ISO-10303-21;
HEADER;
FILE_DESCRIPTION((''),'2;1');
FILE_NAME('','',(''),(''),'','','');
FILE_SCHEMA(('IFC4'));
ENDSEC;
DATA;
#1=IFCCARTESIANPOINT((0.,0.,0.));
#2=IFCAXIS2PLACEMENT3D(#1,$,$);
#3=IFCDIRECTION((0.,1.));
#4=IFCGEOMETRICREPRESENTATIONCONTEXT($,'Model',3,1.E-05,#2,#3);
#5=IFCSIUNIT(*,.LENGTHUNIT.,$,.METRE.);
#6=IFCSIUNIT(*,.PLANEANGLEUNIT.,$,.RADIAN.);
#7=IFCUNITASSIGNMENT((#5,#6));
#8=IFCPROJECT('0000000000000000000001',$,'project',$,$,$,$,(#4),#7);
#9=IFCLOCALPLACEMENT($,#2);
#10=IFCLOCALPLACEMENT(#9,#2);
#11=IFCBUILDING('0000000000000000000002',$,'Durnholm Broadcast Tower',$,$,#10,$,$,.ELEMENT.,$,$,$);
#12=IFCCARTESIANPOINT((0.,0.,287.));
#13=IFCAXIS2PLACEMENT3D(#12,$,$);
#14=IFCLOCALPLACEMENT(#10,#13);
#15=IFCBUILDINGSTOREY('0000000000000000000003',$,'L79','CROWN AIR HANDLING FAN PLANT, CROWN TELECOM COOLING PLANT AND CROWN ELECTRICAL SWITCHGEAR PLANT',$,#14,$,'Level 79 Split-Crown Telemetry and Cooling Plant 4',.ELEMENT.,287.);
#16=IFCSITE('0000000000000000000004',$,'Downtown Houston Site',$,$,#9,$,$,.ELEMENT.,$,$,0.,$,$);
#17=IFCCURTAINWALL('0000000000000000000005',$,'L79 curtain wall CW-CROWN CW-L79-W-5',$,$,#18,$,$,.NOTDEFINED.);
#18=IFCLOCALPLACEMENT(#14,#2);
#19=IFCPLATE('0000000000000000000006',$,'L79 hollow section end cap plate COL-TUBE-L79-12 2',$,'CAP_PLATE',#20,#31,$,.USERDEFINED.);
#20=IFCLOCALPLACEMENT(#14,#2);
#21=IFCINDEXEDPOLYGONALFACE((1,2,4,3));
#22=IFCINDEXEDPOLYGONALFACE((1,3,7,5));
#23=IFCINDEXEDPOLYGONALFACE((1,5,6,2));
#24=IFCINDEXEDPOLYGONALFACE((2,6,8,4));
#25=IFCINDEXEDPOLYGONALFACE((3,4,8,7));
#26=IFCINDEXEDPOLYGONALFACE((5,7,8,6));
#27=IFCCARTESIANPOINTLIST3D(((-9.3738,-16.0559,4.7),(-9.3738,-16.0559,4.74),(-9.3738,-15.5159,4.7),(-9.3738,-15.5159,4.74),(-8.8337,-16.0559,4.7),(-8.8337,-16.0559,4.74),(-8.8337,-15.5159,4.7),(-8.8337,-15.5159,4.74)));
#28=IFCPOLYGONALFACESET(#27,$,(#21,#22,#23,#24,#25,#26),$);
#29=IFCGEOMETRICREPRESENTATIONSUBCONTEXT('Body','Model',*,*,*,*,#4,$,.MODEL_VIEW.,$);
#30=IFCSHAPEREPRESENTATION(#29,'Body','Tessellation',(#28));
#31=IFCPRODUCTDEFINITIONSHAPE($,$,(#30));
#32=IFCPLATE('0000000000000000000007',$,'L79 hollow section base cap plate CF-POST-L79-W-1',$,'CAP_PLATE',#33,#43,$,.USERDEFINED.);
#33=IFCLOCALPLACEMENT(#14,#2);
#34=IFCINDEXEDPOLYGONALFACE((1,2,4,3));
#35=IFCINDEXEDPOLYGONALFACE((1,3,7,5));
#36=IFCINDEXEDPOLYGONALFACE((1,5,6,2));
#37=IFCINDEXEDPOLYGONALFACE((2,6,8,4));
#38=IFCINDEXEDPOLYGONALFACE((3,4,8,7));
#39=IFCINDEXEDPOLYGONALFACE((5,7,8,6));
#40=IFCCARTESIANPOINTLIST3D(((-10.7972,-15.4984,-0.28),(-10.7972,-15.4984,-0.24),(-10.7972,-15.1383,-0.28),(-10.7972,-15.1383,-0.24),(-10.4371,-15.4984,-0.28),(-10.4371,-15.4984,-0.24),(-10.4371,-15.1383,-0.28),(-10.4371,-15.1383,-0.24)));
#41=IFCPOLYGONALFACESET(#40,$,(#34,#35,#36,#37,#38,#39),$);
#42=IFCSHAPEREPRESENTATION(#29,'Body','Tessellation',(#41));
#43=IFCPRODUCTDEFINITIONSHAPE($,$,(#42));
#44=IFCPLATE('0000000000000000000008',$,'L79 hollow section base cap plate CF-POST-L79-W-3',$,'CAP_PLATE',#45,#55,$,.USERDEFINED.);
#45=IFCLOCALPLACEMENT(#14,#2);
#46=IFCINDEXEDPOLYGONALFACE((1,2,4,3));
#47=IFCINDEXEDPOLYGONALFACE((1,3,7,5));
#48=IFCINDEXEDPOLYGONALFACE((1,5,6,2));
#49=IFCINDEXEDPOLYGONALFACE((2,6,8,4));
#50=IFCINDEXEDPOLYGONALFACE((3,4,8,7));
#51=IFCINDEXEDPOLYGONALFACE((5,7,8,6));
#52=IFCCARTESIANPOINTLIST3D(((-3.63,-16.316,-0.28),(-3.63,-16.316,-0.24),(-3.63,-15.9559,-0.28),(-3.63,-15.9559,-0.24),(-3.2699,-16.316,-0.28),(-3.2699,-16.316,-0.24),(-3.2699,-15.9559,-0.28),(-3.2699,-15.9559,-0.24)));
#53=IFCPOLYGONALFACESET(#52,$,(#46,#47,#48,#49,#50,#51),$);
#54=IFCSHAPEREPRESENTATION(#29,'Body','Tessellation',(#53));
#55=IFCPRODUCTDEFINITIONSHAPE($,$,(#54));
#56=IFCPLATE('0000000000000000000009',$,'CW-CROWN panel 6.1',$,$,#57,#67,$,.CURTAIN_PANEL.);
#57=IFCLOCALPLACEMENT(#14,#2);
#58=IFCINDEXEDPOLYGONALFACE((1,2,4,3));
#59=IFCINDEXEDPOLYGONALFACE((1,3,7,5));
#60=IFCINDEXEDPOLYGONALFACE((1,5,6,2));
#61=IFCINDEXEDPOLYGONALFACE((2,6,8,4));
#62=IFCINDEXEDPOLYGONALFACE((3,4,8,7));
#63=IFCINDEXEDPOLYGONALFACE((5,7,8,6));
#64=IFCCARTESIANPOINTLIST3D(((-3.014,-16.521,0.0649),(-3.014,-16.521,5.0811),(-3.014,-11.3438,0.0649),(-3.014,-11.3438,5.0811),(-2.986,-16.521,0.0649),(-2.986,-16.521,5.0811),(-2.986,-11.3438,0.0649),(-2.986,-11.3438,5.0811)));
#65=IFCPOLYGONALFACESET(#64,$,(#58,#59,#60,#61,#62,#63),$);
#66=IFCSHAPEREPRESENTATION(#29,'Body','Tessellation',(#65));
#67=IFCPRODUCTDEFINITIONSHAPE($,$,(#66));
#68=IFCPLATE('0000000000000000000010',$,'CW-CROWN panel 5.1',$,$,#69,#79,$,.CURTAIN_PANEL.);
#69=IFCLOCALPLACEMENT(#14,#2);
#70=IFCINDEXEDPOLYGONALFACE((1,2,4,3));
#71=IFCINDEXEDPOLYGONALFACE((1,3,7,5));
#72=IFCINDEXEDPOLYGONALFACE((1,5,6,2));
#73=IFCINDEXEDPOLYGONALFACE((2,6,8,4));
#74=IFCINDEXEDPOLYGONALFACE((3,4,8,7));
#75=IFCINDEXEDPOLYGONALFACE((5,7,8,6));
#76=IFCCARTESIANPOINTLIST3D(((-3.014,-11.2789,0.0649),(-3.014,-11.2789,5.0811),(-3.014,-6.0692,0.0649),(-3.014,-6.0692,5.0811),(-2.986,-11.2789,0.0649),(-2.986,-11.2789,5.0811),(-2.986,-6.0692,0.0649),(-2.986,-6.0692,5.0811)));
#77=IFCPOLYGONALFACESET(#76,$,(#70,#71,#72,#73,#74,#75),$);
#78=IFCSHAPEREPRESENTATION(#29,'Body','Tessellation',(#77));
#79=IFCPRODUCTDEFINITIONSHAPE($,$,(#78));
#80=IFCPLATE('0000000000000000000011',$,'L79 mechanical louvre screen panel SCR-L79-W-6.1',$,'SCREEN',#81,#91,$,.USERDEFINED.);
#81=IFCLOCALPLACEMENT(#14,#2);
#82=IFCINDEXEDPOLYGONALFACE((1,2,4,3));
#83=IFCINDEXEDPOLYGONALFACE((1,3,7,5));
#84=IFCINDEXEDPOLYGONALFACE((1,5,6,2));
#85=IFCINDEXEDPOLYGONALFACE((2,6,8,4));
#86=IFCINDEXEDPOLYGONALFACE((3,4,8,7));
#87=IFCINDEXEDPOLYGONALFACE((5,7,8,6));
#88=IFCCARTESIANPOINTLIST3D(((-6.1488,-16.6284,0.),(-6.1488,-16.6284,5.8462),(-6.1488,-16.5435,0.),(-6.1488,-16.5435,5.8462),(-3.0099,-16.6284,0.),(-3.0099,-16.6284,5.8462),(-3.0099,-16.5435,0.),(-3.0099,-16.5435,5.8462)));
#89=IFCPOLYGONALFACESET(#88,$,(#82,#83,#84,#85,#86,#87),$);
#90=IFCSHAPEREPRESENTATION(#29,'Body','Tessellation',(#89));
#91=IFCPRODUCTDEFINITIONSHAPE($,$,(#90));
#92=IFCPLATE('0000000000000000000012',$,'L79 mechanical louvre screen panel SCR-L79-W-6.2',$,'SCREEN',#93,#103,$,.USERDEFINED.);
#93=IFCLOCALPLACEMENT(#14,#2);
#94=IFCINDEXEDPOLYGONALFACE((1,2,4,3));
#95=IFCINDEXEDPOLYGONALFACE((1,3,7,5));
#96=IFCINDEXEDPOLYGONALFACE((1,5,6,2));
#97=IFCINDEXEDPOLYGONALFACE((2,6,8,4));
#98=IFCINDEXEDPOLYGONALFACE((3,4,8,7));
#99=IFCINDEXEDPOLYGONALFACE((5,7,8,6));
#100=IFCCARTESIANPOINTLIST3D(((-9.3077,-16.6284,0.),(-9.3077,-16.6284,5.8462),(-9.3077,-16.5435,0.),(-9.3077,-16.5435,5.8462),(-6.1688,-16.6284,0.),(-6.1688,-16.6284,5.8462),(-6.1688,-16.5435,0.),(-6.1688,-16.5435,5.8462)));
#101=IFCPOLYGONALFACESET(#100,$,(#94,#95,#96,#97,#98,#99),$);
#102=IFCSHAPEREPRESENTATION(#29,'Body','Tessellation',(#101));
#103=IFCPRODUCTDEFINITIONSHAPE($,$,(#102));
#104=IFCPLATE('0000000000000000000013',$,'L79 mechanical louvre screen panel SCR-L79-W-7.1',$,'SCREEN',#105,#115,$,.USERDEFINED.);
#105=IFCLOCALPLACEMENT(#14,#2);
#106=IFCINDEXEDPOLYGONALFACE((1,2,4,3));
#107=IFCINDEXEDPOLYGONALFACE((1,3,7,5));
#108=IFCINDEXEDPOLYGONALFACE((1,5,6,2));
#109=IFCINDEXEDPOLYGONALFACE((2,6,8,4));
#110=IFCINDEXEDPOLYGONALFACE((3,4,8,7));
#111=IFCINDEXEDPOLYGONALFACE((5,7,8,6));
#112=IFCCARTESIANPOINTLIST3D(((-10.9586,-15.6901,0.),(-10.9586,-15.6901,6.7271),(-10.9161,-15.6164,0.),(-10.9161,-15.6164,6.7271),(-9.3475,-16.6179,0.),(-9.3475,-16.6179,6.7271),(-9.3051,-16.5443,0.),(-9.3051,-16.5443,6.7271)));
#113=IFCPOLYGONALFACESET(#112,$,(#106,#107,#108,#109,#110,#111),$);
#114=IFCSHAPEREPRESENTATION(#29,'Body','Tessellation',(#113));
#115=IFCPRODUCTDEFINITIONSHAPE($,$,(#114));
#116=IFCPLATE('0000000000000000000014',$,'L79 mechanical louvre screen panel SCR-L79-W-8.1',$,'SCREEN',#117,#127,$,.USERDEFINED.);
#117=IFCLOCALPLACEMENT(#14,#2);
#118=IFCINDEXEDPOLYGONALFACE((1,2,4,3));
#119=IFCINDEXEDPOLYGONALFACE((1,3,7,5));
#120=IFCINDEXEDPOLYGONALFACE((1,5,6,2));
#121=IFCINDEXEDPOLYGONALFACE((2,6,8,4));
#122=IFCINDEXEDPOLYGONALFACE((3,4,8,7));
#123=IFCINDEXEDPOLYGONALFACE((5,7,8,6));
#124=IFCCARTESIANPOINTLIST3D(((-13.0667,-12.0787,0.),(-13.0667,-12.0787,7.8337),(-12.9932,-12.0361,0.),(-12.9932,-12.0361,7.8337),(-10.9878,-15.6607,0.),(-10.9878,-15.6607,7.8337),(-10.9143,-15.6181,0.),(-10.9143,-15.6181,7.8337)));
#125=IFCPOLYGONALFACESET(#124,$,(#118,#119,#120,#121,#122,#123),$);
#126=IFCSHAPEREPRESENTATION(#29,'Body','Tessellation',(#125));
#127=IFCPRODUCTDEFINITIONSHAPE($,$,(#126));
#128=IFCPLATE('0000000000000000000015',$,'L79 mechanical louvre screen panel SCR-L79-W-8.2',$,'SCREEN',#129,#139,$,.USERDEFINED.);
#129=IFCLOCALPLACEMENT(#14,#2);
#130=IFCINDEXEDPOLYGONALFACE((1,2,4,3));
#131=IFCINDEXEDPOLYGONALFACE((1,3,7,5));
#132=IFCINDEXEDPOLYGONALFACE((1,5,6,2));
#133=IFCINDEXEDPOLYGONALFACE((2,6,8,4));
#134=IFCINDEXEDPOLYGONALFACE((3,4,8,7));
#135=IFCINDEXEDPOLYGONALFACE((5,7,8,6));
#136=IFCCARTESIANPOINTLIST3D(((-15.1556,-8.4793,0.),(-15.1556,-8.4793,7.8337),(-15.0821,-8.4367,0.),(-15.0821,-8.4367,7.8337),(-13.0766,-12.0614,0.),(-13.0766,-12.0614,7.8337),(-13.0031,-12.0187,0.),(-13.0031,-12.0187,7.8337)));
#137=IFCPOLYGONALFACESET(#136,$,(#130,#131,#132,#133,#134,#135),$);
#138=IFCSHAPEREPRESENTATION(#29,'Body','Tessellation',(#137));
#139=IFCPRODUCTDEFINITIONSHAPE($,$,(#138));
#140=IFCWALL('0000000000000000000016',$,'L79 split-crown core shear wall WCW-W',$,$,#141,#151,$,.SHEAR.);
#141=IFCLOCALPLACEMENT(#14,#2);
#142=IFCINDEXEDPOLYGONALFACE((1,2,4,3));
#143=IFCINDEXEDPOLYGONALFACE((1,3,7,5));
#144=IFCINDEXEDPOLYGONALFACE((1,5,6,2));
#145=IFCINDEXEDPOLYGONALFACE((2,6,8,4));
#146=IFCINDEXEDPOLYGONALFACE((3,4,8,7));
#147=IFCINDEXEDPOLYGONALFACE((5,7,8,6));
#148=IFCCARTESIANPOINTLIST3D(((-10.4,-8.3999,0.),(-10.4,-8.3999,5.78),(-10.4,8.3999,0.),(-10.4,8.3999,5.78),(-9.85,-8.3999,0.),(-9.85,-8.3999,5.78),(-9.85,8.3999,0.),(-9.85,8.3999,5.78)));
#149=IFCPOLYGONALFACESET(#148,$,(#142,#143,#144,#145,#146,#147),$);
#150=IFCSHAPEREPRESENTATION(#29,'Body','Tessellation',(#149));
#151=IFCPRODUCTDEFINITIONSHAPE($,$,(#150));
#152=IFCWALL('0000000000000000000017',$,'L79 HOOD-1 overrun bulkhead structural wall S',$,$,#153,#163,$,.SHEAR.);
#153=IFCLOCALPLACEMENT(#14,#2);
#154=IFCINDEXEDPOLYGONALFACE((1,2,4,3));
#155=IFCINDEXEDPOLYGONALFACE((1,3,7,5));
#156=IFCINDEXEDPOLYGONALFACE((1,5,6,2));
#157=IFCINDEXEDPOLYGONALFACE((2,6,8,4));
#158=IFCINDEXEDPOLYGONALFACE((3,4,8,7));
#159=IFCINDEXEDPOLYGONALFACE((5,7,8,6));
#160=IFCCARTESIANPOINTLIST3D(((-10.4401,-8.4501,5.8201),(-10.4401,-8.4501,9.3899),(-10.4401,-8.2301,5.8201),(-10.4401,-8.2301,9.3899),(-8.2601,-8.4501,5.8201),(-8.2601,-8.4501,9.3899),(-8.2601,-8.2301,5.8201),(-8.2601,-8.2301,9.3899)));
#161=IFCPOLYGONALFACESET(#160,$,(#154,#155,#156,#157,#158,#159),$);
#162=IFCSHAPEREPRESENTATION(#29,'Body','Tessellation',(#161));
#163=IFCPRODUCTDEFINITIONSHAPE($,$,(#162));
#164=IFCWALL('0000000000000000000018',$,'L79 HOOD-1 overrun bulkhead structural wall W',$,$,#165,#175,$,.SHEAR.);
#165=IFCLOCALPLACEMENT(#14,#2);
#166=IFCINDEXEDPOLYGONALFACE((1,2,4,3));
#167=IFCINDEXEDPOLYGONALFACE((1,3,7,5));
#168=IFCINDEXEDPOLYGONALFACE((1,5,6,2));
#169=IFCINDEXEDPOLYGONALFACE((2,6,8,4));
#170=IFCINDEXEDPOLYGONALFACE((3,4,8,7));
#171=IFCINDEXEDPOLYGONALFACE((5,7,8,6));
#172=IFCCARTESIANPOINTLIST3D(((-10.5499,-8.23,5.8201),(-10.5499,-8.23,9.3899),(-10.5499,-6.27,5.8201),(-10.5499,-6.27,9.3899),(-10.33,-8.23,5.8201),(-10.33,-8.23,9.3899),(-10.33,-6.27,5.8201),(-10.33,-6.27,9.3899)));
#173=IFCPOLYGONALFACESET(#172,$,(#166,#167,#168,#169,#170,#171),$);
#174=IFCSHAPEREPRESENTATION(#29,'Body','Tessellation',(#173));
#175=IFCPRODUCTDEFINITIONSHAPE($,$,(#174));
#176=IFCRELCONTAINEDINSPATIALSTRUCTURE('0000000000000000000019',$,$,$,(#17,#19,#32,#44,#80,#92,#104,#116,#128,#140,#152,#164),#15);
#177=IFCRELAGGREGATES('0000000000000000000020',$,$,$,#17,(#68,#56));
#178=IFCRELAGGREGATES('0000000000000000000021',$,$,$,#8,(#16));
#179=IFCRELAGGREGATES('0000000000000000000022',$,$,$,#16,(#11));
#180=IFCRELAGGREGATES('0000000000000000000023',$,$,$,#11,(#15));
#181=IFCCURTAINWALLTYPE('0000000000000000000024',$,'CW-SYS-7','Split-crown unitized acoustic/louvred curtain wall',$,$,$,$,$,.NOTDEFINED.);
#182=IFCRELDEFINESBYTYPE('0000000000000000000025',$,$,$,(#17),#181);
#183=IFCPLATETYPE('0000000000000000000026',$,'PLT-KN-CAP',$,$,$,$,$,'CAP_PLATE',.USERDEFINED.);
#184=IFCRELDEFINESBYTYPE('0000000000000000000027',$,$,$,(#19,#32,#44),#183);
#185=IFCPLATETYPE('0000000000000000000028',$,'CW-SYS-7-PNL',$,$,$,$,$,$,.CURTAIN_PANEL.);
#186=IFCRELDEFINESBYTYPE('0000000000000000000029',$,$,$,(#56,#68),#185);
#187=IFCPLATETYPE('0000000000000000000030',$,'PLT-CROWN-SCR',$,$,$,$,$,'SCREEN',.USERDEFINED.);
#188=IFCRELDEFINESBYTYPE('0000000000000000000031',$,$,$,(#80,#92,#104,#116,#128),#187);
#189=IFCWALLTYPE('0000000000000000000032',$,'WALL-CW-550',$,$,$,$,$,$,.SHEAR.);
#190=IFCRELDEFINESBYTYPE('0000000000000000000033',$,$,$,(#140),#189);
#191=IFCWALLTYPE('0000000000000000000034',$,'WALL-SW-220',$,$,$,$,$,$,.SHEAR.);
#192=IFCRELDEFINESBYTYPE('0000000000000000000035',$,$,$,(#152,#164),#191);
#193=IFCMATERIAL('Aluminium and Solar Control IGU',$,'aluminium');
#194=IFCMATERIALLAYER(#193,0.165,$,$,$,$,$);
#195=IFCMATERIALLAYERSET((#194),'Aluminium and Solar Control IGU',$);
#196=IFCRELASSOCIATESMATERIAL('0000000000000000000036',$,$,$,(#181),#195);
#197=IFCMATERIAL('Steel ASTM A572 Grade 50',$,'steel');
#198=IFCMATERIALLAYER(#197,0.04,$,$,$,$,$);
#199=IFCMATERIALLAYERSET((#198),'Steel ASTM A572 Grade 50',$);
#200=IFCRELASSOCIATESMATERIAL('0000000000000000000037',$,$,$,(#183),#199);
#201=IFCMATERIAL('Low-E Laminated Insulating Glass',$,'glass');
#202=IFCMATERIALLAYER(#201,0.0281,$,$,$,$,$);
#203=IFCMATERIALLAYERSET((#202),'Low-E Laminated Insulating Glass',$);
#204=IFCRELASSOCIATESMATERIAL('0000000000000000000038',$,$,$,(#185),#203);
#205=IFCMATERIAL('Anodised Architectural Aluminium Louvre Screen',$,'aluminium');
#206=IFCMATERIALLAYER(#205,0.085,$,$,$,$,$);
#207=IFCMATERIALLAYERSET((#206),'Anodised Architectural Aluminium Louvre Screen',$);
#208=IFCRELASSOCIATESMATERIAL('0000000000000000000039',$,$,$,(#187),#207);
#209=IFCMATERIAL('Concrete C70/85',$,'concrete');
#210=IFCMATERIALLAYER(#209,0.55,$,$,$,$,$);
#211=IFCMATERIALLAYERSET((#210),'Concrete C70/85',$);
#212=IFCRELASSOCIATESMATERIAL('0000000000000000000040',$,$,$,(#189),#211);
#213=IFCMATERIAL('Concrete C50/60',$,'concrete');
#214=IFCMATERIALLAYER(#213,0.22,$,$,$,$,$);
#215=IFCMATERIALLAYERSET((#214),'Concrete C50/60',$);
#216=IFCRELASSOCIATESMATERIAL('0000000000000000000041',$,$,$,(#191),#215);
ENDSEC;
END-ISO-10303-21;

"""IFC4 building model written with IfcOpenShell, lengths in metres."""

from ifc_helpers import new_model, si_unit, direction, frame, frame_2d, origin, origin_2d, place, context, subcontext, project, spatial, rectangle, extrude, source, transform, mapped, material, layer, layer_set, type_object, type_shapes, element, aggregate, save


model = new_model("IFC4")

# Units and contexts
model_context = context("Model", 3, precision=1e-05, world=origin(), true_north=direction((0.0, 1.0)))
body_context = subcontext(model_context, "Body", "Model", "MODEL_VIEW")
ifc_project = project(units=[si_unit("LENGTHUNIT", "METRE"), si_unit("PLANEANGLEUNIT", "RADIAN")], contexts=[model_context])

# Site, building, storey
site_placement = place(None, origin())
site = spatial("IfcSite", under=ifc_project, at=site_placement, Name="Downtown Houston Site", CompositionType="ELEMENT", RefElevation=0.0)
building_placement = place(site_placement, origin())
building = spatial("IfcBuilding", under=site, at=building_placement, Name="Durnholm Broadcast Tower", CompositionType="ELEMENT")
storey_placement = place(building_placement, frame((0.0, 0.0, 287.0)))
storey = spatial("IfcBuildingStorey", under=building, at=storey_placement, Name="L79", Description="CROWN AIR HANDLING FAN PLANT, CROWN TELECOM COOLING PLANT AND CROWN ELECTRICAL SWITCHGEAR PLANT", LongName="Level 79 Split-Crown Telemetry and Cooling Plant 4", CompositionType="ELEMENT", Elevation=287.0)

# Curtain wall
ifc_material_1 = material(Name="Aluminium and Solar Control IGU", Category="aluminium")
ifc_layer_1 = layer(ifc_material_1, 0.165)
ifc_layer_set_1 = layer_set([ifc_layer_1], Name="Aluminium and Solar Control IGU")
curtain_wall_type = type_object("IfcCurtainWallType", Name="CW-SYS-7", Description="Split-crown unitized acoustic/louvred curtain wall", PredefinedType="NOTDEFINED", material=ifc_layer_set_1)
curtain_wall_placement = place(storey_placement, origin())
curtain_wall = element("IfcCurtainWall", 1, at=curtain_wall_placement, inside=storey, type_object=curtain_wall_type, Name="L79 curtain wall CW-CROWN CW-L79-W-5", PredefinedType="NOTDEFINED")

# Shared definitions
ifc_material_2 = material(Name="Concrete C50/60", Category="concrete")

# Plates
ifc_material_3 = material(Name="Steel ASTM A572 Grade 50", Category="steel")
ifc_layer_2 = layer(ifc_material_3, 0.04)
ifc_layer_set_2 = layer_set([ifc_layer_2], Name="Steel ASTM A572 Grade 50")
plate_type_1 = type_object("IfcPlateType", Name="PLT-KN-CAP", ElementType="CAP_PLATE", PredefinedType="USERDEFINED", material=ifc_layer_set_2)
shared_shape_1 = source(origin(), body_context, "Body", "SweptSolid", [
    extrude(rectangle(XDim=0.54, YDim=0.54, at=origin_2d()), origin(), (0.0, 0.0, 1.0), 0.04),
])
for number, where, z_axis, x_axis, name in (
    (2, (-9.1038, -15.7859, 4.7), (0.0, 0.0, 1.0), (1.0, 0.0, 0.0), "L79 hollow section end cap plate COL-TUBE-L79-12 2"),
):
    element("IfcPlate", number, at=place(storey_placement, frame(where, z_axis=z_axis, x_axis=x_axis)), inside=storey, type_object=plate_type_1, Name=name, ObjectType="CAP_PLATE", PredefinedType="USERDEFINED", context=body_context, shape_type="MappedRepresentation", body=[
        mapped(shared_shape_1, transform((0.0, 0.0, 0.0), x_axis=(1.0, 0.0, 0.0), y_axis=(0.0, 1.0, 0.0), z_axis=(0.0, 0.0, 1.0), scale=1.0)),
    ])
shared_shape_2 = source(origin(), body_context, "Body", "SweptSolid", [
    extrude(rectangle(XDim=0.3601, YDim=0.3601, at=origin_2d()), origin(), (0.0, 0.0, 1.0), 0.04),
])
type_shapes(plate_type_1, [shared_shape_1, shared_shape_2])
for number, where, z_axis, x_axis, name in (
    (3, (-10.6172, -15.3184, -0.28), (0.0, 0.0, 1.0), (1.0, 0.0, 0.0), "L79 hollow section base cap plate CF-POST-L79-W-1"),
    (4, (-3.45, -16.136, -0.28), (0.0, 0.0, 1.0), (1.0, 0.0, 0.0), "L79 hollow section base cap plate CF-POST-L79-W-3"),
):
    element("IfcPlate", number, at=place(storey_placement, frame(where, z_axis=z_axis, x_axis=x_axis)), inside=storey, type_object=plate_type_1, Name=name, ObjectType="CAP_PLATE", PredefinedType="USERDEFINED", context=body_context, shape_type="MappedRepresentation", body=[
        mapped(shared_shape_2, transform((0.0, 0.0, 0.0), x_axis=(1.0, 0.0, 0.0), y_axis=(0.0, 1.0, 0.0), z_axis=(0.0, 0.0, 1.0), scale=1.0)),
    ])

# Plates
ifc_material_4 = material(Name="Low-E Laminated Insulating Glass", Category="glass")
ifc_layer_3 = layer(ifc_material_4, 0.0281)
ifc_layer_set_3 = layer_set([ifc_layer_3], Name="Low-E Laminated Insulating Glass")
plate_type_2 = type_object("IfcPlateType", Name="CW-SYS-7-PNL", PredefinedType="CURTAIN_PANEL", material=ifc_layer_set_3)
shared_shape_3 = source(origin(), body_context, "Body", "SweptSolid", [
    extrude(rectangle(XDim=5.1772, YDim=0.0281, at=origin_2d()), origin(), (0.0, 0.0, 1.0), 5.0161),
])
plate_1_placement = place(storey_placement, frame((-3.0, -13.9324, 0.0649), z_axis=(0.0, 0.0, 1.0), x_axis=(0.0, -1.0, 0.0)))
plate_1 = element("IfcPlate", 5, at=plate_1_placement, type_object=plate_type_2, Name="CW-CROWN panel 6.1", PredefinedType="CURTAIN_PANEL", context=body_context, shape_type="MappedRepresentation", body=[
    mapped(shared_shape_3, transform((0.0, 0.0, 0.0), x_axis=(1.0, 0.0, 0.0), y_axis=(0.0, 1.0, 0.0), z_axis=(0.0, 0.0, 1.0), scale=1.0)),
])
shared_shape_4 = source(origin(), body_context, "Body", "SweptSolid", [
    extrude(rectangle(XDim=5.2097, YDim=0.0281, at=origin_2d()), origin(), (0.0, 0.0, 1.0), 5.0161),
])
type_shapes(plate_type_2, [shared_shape_3, shared_shape_4])
plate_2_placement = place(storey_placement, frame((-3.0, -8.6741, 0.0649), z_axis=(0.0, 0.0, 1.0), x_axis=(0.0, -1.0, 0.0)))
plate_2 = element("IfcPlate", 6, at=plate_2_placement, type_object=plate_type_2, Name="CW-CROWN panel 5.1", PredefinedType="CURTAIN_PANEL", context=body_context, shape_type="MappedRepresentation", body=[
    mapped(shared_shape_4, transform((0.0, 0.0, 0.0), x_axis=(1.0, 0.0, 0.0), y_axis=(0.0, 1.0, 0.0), z_axis=(0.0, 0.0, 1.0), scale=1.0)),
])
aggregate(curtain_wall, [plate_2, plate_1])

# Plates
ifc_material_5 = material(Name="Anodised Architectural Aluminium Louvre Screen", Category="aluminium")
ifc_layer_4 = layer(ifc_material_5, 0.085)
ifc_layer_set_4 = layer_set([ifc_layer_4], Name="Anodised Architectural Aluminium Louvre Screen")
plate_type_3 = type_object("IfcPlateType", Name="PLT-CROWN-SCR", ElementType="SCREEN", PredefinedType="USERDEFINED", material=ifc_layer_set_4)
shared_shape_5 = source(origin(), body_context, "Body", "SweptSolid", [
    extrude(rectangle(XDim=3.1389, YDim=0.085, at=origin_2d()), origin(), (0.0, 0.0, 1.0), 5.8462),
])
for number, where, z_axis, x_axis, name in (
    (7, (-4.5793, -16.5859, 0.0), (0.0, 0.0, 1.0), (-1.0, 0.0, 0.0), "L79 mechanical louvre screen panel SCR-L79-W-6.1"),
    (8, (-7.7383, -16.5859, 0.0), (0.0, 0.0, 1.0), (-1.0, 0.0, 0.0), "L79 mechanical louvre screen panel SCR-L79-W-6.2"),
):
    element("IfcPlate", number, at=place(storey_placement, frame(where, z_axis=z_axis, x_axis=x_axis)), inside=storey, type_object=plate_type_3, Name=name, ObjectType="SCREEN", PredefinedType="USERDEFINED", context=body_context, shape_type="MappedRepresentation", body=[
        mapped(shared_shape_5, transform((0.0, 0.0, 0.0), x_axis=(1.0, 0.0, 0.0), y_axis=(0.0, 1.0, 0.0), z_axis=(0.0, 0.0, 1.0), scale=1.0)),
    ])
shared_shape_6 = source(origin(), body_context, "Body", "SweptSolid", [
    extrude(rectangle(XDim=1.8591, YDim=0.085, at=origin_2d()), origin(), (0.0, 0.0, 1.0), 6.7271),
])
plate_3_placement = place(storey_placement, frame((-10.1318, -16.1172, 0.0), z_axis=(0.0, 0.0, 1.0), x_axis=(-0.866549, 0.499093, 0.0)))
element("IfcPlate", 9, at=plate_3_placement, inside=storey, type_object=plate_type_3, Name="L79 mechanical louvre screen panel SCR-L79-W-7.1", ObjectType="SCREEN", PredefinedType="USERDEFINED", context=body_context, shape_type="MappedRepresentation", body=[
    mapped(shared_shape_6, transform((0.0, 0.0, 0.0), x_axis=(1.0, 0.0, 0.0), y_axis=(0.0, 1.0, 0.0), z_axis=(0.0, 0.0, 1.0), scale=1.0)),
])
shared_shape_7 = source(origin(), body_context, "Body", "SweptSolid", [
    extrude(rectangle(XDim=4.1416, YDim=0.085, at=origin_2d()), origin(), (0.0, 0.0, 1.0), 7.8337),
])
type_shapes(plate_type_3, [shared_shape_5, shared_shape_6, shared_shape_7])
for number, where, z_axis, x_axis, name in (
    (10, (-11.9905, -13.8484, 0.0), (0.0, 0.0, 1.0), (-0.501964, 0.864889, 0.0), "L79 mechanical louvre screen panel SCR-L79-W-8.1"),
    (11, (-14.0793, -10.249, 0.0), (0.0, 0.0, 1.0), (-0.501964, 0.864889, 0.0), "L79 mechanical louvre screen panel SCR-L79-W-8.2"),
):
    element("IfcPlate", number, at=place(storey_placement, frame(where, z_axis=z_axis, x_axis=x_axis)), inside=storey, type_object=plate_type_3, Name=name, ObjectType="SCREEN", PredefinedType="USERDEFINED", context=body_context, shape_type="MappedRepresentation", body=[
        mapped(shared_shape_7, transform((0.0, 0.0, 0.0), x_axis=(1.0, 0.0, 0.0), y_axis=(0.0, 1.0, 0.0), z_axis=(0.0, 0.0, 1.0), scale=1.0)),
    ])

# Walls
ifc_material_6 = material(Name="Concrete C70/85", Category="concrete")
ifc_layer_5 = layer(ifc_material_6, 0.55)
ifc_layer_set_5 = layer_set([ifc_layer_5], Name="Concrete C70/85")
wall_type_1 = type_object("IfcWallType", Name="WALL-CW-550", PredefinedType="SHEAR", material=ifc_layer_set_5)
wall_1_placement = place(storey_placement, frame((-10.125, -8.3999, 0.0), z_axis=(0.0, 0.0, 1.0), x_axis=(0.0, 1.0, 0.0)))
element("IfcWall", 12, at=wall_1_placement, inside=storey, type_object=wall_type_1, Name="L79 split-crown core shear wall WCW-W", PredefinedType="SHEAR", context=body_context, shape_type="SweptSolid", body=[
    extrude(rectangle(XDim=16.7998, YDim=0.55, at=frame_2d((8.3999, 0.0))), origin(), (0.0, 0.0, 1.0), 5.78),
])
ifc_layer_6 = layer(ifc_material_2, 0.22)
ifc_layer_set_6 = layer_set([ifc_layer_6], Name="Concrete C50/60")
wall_type_2 = type_object("IfcWallType", Name="WALL-SW-220", PredefinedType="SHEAR", material=ifc_layer_set_6)
wall_2_placement = place(storey_placement, frame((-10.4399, -8.3401, 5.8201), z_axis=(0.0, 0.0, 1.0), x_axis=(1.0, 0.0, 0.0)))
element("IfcWall", 13, at=wall_2_placement, inside=storey, type_object=wall_type_2, Name="L79 HOOD-1 overrun bulkhead structural wall S", PredefinedType="SHEAR", context=body_context, shape_type="SweptSolid", body=[
    extrude(rectangle(XDim=2.1799, YDim=0.22, at=frame_2d((1.0898, 0.0))), origin(), (0.0, 0.0, 1.0), 3.5698),
])
wall_3_placement = place(storey_placement, frame((-10.4399, -8.23, 5.8201), z_axis=(0.0, 0.0, 1.0), x_axis=(0.0, 1.0, 0.0)))
element("IfcWall", 14, at=wall_3_placement, inside=storey, type_object=wall_type_2, Name="L79 HOOD-1 overrun bulkhead structural wall W", PredefinedType="SHEAR", context=body_context, shape_type="SweptSolid", body=[
    extrude(rectangle(XDim=1.96, YDim=0.22, at=frame_2d((0.98, 0.0))), origin(), (0.0, 0.0, 1.0), 3.5698),
])

save(model, "model.ifc")
